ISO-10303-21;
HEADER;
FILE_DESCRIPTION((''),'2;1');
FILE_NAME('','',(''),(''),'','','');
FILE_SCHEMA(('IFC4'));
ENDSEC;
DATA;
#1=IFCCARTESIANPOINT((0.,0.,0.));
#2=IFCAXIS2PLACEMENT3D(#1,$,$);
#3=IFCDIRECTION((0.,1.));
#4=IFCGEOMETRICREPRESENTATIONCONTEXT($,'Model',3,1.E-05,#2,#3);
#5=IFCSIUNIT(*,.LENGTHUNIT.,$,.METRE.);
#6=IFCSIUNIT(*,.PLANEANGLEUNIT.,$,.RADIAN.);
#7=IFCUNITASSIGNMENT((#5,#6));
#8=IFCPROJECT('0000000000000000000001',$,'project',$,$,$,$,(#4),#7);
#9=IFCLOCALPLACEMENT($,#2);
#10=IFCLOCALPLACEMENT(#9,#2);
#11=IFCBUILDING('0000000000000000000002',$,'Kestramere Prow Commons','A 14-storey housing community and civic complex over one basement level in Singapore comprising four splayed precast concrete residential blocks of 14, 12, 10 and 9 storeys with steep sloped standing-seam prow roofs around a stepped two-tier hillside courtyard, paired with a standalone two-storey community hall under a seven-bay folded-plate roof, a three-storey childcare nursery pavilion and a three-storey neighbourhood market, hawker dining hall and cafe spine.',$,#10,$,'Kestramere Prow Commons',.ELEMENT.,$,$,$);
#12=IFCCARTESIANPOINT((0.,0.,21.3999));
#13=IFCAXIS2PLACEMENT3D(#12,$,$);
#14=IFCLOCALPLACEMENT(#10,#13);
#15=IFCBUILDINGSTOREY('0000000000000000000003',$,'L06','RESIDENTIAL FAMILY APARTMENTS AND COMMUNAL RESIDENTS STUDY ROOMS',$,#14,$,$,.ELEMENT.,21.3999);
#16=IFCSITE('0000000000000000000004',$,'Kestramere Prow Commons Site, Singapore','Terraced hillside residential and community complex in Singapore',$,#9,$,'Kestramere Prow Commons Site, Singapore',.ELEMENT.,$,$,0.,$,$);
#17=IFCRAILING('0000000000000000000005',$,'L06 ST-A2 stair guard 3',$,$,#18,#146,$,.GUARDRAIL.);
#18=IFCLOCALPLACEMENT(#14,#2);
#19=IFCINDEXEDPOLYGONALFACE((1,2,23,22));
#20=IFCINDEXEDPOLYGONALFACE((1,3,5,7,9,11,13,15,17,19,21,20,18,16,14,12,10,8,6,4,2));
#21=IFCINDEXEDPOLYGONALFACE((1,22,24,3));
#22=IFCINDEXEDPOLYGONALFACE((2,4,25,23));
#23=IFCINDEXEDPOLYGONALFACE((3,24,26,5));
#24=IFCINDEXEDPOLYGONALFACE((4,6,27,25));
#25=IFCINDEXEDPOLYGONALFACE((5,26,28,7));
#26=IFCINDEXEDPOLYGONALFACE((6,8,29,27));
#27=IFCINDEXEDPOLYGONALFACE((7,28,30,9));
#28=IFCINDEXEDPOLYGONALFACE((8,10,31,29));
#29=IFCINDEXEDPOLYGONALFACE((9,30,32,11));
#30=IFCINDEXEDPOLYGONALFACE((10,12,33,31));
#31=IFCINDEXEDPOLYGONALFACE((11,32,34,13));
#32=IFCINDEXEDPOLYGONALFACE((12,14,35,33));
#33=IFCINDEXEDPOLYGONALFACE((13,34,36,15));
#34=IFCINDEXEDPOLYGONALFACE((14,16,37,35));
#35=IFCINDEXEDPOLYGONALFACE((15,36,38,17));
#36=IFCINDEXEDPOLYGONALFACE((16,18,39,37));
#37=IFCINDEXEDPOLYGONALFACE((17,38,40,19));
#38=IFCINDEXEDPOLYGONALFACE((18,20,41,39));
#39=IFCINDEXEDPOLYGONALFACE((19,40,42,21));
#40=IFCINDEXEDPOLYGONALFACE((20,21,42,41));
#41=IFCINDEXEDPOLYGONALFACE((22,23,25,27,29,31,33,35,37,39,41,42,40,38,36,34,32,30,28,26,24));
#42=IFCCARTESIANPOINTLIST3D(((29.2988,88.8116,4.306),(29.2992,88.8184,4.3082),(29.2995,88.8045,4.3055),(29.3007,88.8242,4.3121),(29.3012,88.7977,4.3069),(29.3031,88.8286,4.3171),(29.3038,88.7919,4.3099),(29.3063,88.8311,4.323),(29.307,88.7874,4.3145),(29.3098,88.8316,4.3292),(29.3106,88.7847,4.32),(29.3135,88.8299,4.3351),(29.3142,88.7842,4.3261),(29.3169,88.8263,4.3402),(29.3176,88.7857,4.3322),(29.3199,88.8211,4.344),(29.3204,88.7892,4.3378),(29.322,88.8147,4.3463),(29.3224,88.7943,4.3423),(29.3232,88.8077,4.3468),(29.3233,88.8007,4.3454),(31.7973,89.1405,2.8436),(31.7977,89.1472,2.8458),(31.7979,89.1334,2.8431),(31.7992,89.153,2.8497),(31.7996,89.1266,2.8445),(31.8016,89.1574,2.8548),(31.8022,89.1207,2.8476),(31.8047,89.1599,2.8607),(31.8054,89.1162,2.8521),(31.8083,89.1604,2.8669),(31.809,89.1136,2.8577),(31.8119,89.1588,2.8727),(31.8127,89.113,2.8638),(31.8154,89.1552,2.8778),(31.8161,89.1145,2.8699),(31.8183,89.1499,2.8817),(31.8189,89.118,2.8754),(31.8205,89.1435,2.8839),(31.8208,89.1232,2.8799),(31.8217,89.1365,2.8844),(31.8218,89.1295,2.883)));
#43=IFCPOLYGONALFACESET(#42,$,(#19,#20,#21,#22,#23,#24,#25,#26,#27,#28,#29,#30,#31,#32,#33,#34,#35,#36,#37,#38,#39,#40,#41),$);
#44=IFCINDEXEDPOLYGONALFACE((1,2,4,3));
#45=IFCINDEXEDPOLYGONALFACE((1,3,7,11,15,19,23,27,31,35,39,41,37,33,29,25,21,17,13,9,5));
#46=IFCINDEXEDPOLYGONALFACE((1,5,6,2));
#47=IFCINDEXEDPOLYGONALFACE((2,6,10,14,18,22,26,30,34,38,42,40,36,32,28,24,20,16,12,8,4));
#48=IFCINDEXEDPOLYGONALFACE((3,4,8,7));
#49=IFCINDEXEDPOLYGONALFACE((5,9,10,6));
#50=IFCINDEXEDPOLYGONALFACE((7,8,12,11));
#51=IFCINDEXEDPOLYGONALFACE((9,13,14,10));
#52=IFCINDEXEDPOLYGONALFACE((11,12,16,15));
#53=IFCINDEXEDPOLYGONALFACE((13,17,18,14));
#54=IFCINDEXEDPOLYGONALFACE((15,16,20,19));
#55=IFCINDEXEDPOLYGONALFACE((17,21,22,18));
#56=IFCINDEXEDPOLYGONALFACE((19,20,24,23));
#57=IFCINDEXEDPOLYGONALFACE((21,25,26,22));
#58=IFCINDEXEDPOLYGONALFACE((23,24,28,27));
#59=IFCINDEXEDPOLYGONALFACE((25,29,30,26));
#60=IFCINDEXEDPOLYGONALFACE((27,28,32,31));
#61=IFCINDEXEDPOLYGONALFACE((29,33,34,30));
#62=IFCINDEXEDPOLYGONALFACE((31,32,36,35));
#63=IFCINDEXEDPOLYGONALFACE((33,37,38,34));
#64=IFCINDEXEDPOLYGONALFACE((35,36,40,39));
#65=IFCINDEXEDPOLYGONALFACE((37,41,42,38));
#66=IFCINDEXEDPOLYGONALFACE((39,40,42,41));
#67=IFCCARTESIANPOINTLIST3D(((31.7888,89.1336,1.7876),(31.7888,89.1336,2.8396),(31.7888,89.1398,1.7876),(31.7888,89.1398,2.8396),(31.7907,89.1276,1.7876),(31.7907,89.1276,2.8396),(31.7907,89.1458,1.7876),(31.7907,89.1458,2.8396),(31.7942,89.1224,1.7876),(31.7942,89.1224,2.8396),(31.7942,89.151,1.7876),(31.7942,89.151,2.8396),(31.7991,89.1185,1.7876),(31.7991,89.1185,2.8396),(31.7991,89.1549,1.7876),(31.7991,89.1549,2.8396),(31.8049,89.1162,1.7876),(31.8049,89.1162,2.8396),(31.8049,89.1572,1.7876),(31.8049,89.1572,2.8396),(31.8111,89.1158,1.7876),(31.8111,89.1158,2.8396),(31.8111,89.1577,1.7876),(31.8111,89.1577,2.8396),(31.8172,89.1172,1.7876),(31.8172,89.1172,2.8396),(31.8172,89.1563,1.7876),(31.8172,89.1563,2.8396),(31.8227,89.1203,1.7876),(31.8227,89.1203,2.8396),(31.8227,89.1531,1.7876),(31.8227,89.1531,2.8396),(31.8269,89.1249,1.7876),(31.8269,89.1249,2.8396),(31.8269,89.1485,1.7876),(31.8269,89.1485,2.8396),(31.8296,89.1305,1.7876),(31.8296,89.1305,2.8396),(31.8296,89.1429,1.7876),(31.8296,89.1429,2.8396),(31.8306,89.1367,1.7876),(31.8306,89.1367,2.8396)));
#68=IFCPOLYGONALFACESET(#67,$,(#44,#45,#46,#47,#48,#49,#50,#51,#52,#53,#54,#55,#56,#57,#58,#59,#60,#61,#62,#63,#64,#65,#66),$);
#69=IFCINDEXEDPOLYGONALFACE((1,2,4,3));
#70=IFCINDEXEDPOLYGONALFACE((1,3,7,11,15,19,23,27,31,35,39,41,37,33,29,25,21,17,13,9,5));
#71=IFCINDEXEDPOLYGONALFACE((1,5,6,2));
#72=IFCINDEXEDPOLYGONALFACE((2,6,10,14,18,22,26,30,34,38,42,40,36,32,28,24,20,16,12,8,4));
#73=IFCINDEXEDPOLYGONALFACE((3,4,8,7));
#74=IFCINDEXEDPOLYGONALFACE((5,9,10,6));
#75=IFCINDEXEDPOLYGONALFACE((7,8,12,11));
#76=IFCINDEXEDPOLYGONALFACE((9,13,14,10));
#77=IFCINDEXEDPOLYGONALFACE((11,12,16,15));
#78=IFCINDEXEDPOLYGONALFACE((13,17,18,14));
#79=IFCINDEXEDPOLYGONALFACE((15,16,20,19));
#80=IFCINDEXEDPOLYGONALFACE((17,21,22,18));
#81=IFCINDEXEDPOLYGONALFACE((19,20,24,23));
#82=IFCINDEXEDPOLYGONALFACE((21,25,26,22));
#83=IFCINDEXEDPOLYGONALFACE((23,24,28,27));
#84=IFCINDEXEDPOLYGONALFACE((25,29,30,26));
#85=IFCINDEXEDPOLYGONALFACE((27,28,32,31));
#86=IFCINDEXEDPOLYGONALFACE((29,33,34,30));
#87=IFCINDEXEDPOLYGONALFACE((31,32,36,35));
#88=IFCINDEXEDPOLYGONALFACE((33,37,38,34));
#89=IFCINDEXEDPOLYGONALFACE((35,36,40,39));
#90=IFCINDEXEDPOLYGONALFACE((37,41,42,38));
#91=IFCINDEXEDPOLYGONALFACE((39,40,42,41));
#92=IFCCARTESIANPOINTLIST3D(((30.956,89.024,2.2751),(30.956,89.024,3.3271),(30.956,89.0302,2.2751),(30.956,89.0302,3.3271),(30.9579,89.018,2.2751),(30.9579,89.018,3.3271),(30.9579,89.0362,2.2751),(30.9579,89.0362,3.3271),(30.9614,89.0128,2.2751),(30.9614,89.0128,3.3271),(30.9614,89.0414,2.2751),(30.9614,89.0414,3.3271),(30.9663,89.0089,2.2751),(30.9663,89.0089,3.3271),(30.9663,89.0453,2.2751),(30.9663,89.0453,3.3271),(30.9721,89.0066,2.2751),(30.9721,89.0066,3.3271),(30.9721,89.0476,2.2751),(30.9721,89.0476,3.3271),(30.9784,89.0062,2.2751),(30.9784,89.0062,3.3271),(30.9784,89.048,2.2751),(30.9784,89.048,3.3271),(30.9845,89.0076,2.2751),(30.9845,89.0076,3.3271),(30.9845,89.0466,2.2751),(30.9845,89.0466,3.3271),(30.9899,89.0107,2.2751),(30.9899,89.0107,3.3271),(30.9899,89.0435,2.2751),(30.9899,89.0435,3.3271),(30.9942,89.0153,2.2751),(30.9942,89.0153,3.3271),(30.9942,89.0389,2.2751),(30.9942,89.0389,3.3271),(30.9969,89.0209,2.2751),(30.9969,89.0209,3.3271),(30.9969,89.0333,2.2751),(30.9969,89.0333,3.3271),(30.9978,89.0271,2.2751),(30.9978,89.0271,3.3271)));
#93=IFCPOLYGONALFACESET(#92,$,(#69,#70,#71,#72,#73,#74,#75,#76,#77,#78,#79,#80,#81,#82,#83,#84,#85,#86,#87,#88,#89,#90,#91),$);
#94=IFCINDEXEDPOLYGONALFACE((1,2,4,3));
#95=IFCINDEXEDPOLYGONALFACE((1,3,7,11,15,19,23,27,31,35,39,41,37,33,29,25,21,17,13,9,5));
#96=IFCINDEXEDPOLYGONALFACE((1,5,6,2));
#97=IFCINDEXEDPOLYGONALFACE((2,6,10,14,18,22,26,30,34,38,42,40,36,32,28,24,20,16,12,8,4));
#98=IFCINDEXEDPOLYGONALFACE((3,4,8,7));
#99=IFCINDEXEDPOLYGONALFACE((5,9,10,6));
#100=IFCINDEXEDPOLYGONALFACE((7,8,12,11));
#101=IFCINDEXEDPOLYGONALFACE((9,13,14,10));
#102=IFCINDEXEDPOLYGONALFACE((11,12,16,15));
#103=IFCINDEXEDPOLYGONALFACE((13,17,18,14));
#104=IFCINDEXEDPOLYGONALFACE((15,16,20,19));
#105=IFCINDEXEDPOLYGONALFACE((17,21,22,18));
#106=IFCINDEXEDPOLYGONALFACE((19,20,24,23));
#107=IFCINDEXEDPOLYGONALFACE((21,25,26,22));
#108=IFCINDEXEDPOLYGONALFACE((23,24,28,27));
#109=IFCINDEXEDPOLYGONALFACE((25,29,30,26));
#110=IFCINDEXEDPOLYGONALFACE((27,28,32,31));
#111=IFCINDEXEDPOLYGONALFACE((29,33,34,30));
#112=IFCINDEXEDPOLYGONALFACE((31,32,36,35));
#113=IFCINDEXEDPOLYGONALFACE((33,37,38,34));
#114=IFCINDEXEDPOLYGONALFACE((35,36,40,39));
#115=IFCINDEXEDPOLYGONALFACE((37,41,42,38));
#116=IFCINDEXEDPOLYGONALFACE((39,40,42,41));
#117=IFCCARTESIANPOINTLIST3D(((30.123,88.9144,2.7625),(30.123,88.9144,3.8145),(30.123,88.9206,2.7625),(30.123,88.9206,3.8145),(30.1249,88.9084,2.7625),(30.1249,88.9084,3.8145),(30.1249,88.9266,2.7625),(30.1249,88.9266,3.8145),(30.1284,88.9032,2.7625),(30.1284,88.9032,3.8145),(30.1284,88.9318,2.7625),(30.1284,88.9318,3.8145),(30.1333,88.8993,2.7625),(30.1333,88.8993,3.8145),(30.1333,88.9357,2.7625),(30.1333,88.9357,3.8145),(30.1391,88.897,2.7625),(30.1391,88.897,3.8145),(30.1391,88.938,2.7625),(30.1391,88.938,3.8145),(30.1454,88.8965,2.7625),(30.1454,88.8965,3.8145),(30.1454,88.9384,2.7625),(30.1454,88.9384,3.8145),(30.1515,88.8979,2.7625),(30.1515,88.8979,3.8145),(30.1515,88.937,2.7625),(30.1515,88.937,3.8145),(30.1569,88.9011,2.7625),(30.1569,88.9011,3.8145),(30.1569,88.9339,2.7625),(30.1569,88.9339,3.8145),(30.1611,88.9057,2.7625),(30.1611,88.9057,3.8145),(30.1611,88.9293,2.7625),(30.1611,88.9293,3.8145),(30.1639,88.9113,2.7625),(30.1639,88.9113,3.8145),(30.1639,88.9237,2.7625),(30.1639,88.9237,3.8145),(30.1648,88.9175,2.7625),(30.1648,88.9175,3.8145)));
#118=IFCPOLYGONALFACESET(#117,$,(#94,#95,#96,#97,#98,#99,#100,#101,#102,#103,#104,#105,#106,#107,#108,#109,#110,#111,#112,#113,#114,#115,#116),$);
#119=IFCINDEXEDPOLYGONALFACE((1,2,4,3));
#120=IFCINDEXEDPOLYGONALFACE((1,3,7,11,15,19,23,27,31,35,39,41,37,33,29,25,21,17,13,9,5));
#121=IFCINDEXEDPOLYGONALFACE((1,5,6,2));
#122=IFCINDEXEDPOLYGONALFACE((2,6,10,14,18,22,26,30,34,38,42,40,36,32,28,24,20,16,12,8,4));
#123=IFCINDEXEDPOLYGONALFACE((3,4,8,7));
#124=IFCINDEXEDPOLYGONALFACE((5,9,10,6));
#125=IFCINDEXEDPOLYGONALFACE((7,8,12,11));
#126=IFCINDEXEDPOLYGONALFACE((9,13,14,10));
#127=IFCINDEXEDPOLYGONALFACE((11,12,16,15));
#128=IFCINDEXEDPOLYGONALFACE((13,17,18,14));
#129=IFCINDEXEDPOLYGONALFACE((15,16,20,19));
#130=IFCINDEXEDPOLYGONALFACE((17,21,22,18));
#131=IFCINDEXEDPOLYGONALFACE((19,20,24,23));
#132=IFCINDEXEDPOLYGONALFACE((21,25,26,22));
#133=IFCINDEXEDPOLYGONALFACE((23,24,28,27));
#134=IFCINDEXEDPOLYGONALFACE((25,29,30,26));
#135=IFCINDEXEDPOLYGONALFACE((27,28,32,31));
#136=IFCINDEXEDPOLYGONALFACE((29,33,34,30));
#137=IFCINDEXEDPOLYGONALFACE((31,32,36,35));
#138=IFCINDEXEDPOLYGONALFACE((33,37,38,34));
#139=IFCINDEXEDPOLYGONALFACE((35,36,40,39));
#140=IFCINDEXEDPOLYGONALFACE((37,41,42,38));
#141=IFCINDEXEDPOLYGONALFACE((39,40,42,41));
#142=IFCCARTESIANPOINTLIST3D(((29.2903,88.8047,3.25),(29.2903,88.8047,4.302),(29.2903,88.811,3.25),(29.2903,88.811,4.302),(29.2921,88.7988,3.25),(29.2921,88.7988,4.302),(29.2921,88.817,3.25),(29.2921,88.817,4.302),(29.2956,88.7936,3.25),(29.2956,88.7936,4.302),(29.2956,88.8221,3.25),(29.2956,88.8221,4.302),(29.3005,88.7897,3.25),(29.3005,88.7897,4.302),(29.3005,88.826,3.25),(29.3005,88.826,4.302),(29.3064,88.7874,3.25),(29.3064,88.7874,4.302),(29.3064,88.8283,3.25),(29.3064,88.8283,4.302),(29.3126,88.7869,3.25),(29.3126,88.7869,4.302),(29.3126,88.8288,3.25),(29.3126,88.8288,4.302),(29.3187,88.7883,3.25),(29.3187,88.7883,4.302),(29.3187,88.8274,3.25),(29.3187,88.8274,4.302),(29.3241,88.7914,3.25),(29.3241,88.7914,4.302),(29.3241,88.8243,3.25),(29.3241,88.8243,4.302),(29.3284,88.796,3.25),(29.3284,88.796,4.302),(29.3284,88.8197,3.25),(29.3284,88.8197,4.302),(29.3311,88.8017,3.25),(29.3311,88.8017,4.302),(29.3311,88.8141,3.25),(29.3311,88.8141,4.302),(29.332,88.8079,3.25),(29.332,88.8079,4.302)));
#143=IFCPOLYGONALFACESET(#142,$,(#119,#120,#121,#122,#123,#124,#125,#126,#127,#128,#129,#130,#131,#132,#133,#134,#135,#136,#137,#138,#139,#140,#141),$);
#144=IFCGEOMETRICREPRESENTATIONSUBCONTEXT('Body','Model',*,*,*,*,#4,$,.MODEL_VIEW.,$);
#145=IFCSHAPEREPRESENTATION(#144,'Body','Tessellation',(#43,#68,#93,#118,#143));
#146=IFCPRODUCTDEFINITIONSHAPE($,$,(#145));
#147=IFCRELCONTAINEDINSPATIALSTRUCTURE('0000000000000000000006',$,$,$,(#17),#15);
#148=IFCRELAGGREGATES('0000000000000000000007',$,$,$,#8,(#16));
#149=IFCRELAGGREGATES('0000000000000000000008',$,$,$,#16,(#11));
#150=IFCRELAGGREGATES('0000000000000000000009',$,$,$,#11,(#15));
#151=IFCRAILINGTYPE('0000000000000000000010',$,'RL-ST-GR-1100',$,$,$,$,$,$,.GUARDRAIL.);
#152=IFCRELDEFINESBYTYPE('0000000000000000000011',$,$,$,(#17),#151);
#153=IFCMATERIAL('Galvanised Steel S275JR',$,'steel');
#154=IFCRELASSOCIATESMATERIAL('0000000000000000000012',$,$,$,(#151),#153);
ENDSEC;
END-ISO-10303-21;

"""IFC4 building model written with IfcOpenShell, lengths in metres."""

from ifc_helpers import new_model, si_unit, direction, frame, origin, origin_2d, place, context, subcontext, project, spatial, circle, extrude, material, type_object, element, save


model = new_model("IFC4")

# Units and contexts
model_context = context("Model", 3, precision=1e-05, world=origin(), true_north=direction((0.0, 1.0)))
body_context = subcontext(model_context, "Body", "Model", "MODEL_VIEW")
ifc_project = project(units=[si_unit("LENGTHUNIT", "METRE"), si_unit("PLANEANGLEUNIT", "RADIAN")], contexts=[model_context])

# Site, building, storey
site_placement = place(None, origin())
site = spatial("IfcSite", under=ifc_project, at=site_placement, Name="Kestramere Prow Commons Site, Singapore", Description="Terraced hillside residential and community complex in Singapore", LongName="Kestramere Prow Commons Site, Singapore", CompositionType="ELEMENT", RefElevation=0.0)
building_placement = place(site_placement, origin())
building = spatial("IfcBuilding", under=site, at=building_placement, Name="Kestramere Prow Commons", Description="A 14-storey housing community and civic complex over one basement level in Singapore comprising four splayed precast concrete residential blocks of 14, 12, 10 and 9 storeys with steep sloped standing-seam prow roofs around a stepped two-tier hillside courtyard, paired with a standalone two-storey community hall under a seven-bay folded-plate roof, a three-storey childcare nursery pavilion and a three-storey neighbourhood market, hawker dining hall and cafe spine.", LongName="Kestramere Prow Commons", CompositionType="ELEMENT")
storey_placement = place(building_placement, frame((0.0, 0.0, 21.3999)))
storey = spatial("IfcBuildingStorey", under=building, at=storey_placement, Name="L06", Description="RESIDENTIAL FAMILY APARTMENTS AND COMMUNAL RESIDENTS STUDY ROOMS", CompositionType="ELEMENT", Elevation=21.3999)

# Railing
ifc_material_1 = material(Name="Galvanised Steel S275JR", Category="steel")
railing_type_1 = type_object("IfcRailingType", Name="RL-ST-GR-1100", PredefinedType="GUARDRAIL", material=ifc_material_1)
railing_1_placement = place(storey_placement, frame((31.8096, 89.1367, 1.7876)))
element("IfcRailing", 1, at=railing_1_placement, inside=storey, type_object=railing_type_1, Name="L06 ST-A2 stair guard 3", PredefinedType="GUARDRAIL", context=body_context, shape_type="SweptSolid", body=[
    extrude(circle(Radius=0.0239, at=origin_2d()), frame((0.0, 0.0, 1.0762), z_axis=(-0.857523, -0.112867, 0.501912), x_axis=(0.130495, -0.991449, 0.0)), (0.0, 0.0, 1.0), 2.9136),
    extrude(circle(Radius=0.021, at=origin_2d()), origin(), (0.0, 0.0, 1.0), 1.052),
    extrude(circle(Radius=0.021, at=origin_2d()), frame((-0.8328, -0.1096, 0.4875)), (0.0, 0.0, 1.0), 1.052),
    extrude(circle(Radius=0.021, at=origin_2d()), frame((-1.6658, -0.2192, 0.9749)), (0.0, 0.0, 1.0), 1.052),
    extrude(circle(Radius=0.021, at=origin_2d()), frame((-2.4985, -0.3289, 1.4624)), (0.0, 0.0, 1.0), 1.052),
])

save(model, "model.ifc")
